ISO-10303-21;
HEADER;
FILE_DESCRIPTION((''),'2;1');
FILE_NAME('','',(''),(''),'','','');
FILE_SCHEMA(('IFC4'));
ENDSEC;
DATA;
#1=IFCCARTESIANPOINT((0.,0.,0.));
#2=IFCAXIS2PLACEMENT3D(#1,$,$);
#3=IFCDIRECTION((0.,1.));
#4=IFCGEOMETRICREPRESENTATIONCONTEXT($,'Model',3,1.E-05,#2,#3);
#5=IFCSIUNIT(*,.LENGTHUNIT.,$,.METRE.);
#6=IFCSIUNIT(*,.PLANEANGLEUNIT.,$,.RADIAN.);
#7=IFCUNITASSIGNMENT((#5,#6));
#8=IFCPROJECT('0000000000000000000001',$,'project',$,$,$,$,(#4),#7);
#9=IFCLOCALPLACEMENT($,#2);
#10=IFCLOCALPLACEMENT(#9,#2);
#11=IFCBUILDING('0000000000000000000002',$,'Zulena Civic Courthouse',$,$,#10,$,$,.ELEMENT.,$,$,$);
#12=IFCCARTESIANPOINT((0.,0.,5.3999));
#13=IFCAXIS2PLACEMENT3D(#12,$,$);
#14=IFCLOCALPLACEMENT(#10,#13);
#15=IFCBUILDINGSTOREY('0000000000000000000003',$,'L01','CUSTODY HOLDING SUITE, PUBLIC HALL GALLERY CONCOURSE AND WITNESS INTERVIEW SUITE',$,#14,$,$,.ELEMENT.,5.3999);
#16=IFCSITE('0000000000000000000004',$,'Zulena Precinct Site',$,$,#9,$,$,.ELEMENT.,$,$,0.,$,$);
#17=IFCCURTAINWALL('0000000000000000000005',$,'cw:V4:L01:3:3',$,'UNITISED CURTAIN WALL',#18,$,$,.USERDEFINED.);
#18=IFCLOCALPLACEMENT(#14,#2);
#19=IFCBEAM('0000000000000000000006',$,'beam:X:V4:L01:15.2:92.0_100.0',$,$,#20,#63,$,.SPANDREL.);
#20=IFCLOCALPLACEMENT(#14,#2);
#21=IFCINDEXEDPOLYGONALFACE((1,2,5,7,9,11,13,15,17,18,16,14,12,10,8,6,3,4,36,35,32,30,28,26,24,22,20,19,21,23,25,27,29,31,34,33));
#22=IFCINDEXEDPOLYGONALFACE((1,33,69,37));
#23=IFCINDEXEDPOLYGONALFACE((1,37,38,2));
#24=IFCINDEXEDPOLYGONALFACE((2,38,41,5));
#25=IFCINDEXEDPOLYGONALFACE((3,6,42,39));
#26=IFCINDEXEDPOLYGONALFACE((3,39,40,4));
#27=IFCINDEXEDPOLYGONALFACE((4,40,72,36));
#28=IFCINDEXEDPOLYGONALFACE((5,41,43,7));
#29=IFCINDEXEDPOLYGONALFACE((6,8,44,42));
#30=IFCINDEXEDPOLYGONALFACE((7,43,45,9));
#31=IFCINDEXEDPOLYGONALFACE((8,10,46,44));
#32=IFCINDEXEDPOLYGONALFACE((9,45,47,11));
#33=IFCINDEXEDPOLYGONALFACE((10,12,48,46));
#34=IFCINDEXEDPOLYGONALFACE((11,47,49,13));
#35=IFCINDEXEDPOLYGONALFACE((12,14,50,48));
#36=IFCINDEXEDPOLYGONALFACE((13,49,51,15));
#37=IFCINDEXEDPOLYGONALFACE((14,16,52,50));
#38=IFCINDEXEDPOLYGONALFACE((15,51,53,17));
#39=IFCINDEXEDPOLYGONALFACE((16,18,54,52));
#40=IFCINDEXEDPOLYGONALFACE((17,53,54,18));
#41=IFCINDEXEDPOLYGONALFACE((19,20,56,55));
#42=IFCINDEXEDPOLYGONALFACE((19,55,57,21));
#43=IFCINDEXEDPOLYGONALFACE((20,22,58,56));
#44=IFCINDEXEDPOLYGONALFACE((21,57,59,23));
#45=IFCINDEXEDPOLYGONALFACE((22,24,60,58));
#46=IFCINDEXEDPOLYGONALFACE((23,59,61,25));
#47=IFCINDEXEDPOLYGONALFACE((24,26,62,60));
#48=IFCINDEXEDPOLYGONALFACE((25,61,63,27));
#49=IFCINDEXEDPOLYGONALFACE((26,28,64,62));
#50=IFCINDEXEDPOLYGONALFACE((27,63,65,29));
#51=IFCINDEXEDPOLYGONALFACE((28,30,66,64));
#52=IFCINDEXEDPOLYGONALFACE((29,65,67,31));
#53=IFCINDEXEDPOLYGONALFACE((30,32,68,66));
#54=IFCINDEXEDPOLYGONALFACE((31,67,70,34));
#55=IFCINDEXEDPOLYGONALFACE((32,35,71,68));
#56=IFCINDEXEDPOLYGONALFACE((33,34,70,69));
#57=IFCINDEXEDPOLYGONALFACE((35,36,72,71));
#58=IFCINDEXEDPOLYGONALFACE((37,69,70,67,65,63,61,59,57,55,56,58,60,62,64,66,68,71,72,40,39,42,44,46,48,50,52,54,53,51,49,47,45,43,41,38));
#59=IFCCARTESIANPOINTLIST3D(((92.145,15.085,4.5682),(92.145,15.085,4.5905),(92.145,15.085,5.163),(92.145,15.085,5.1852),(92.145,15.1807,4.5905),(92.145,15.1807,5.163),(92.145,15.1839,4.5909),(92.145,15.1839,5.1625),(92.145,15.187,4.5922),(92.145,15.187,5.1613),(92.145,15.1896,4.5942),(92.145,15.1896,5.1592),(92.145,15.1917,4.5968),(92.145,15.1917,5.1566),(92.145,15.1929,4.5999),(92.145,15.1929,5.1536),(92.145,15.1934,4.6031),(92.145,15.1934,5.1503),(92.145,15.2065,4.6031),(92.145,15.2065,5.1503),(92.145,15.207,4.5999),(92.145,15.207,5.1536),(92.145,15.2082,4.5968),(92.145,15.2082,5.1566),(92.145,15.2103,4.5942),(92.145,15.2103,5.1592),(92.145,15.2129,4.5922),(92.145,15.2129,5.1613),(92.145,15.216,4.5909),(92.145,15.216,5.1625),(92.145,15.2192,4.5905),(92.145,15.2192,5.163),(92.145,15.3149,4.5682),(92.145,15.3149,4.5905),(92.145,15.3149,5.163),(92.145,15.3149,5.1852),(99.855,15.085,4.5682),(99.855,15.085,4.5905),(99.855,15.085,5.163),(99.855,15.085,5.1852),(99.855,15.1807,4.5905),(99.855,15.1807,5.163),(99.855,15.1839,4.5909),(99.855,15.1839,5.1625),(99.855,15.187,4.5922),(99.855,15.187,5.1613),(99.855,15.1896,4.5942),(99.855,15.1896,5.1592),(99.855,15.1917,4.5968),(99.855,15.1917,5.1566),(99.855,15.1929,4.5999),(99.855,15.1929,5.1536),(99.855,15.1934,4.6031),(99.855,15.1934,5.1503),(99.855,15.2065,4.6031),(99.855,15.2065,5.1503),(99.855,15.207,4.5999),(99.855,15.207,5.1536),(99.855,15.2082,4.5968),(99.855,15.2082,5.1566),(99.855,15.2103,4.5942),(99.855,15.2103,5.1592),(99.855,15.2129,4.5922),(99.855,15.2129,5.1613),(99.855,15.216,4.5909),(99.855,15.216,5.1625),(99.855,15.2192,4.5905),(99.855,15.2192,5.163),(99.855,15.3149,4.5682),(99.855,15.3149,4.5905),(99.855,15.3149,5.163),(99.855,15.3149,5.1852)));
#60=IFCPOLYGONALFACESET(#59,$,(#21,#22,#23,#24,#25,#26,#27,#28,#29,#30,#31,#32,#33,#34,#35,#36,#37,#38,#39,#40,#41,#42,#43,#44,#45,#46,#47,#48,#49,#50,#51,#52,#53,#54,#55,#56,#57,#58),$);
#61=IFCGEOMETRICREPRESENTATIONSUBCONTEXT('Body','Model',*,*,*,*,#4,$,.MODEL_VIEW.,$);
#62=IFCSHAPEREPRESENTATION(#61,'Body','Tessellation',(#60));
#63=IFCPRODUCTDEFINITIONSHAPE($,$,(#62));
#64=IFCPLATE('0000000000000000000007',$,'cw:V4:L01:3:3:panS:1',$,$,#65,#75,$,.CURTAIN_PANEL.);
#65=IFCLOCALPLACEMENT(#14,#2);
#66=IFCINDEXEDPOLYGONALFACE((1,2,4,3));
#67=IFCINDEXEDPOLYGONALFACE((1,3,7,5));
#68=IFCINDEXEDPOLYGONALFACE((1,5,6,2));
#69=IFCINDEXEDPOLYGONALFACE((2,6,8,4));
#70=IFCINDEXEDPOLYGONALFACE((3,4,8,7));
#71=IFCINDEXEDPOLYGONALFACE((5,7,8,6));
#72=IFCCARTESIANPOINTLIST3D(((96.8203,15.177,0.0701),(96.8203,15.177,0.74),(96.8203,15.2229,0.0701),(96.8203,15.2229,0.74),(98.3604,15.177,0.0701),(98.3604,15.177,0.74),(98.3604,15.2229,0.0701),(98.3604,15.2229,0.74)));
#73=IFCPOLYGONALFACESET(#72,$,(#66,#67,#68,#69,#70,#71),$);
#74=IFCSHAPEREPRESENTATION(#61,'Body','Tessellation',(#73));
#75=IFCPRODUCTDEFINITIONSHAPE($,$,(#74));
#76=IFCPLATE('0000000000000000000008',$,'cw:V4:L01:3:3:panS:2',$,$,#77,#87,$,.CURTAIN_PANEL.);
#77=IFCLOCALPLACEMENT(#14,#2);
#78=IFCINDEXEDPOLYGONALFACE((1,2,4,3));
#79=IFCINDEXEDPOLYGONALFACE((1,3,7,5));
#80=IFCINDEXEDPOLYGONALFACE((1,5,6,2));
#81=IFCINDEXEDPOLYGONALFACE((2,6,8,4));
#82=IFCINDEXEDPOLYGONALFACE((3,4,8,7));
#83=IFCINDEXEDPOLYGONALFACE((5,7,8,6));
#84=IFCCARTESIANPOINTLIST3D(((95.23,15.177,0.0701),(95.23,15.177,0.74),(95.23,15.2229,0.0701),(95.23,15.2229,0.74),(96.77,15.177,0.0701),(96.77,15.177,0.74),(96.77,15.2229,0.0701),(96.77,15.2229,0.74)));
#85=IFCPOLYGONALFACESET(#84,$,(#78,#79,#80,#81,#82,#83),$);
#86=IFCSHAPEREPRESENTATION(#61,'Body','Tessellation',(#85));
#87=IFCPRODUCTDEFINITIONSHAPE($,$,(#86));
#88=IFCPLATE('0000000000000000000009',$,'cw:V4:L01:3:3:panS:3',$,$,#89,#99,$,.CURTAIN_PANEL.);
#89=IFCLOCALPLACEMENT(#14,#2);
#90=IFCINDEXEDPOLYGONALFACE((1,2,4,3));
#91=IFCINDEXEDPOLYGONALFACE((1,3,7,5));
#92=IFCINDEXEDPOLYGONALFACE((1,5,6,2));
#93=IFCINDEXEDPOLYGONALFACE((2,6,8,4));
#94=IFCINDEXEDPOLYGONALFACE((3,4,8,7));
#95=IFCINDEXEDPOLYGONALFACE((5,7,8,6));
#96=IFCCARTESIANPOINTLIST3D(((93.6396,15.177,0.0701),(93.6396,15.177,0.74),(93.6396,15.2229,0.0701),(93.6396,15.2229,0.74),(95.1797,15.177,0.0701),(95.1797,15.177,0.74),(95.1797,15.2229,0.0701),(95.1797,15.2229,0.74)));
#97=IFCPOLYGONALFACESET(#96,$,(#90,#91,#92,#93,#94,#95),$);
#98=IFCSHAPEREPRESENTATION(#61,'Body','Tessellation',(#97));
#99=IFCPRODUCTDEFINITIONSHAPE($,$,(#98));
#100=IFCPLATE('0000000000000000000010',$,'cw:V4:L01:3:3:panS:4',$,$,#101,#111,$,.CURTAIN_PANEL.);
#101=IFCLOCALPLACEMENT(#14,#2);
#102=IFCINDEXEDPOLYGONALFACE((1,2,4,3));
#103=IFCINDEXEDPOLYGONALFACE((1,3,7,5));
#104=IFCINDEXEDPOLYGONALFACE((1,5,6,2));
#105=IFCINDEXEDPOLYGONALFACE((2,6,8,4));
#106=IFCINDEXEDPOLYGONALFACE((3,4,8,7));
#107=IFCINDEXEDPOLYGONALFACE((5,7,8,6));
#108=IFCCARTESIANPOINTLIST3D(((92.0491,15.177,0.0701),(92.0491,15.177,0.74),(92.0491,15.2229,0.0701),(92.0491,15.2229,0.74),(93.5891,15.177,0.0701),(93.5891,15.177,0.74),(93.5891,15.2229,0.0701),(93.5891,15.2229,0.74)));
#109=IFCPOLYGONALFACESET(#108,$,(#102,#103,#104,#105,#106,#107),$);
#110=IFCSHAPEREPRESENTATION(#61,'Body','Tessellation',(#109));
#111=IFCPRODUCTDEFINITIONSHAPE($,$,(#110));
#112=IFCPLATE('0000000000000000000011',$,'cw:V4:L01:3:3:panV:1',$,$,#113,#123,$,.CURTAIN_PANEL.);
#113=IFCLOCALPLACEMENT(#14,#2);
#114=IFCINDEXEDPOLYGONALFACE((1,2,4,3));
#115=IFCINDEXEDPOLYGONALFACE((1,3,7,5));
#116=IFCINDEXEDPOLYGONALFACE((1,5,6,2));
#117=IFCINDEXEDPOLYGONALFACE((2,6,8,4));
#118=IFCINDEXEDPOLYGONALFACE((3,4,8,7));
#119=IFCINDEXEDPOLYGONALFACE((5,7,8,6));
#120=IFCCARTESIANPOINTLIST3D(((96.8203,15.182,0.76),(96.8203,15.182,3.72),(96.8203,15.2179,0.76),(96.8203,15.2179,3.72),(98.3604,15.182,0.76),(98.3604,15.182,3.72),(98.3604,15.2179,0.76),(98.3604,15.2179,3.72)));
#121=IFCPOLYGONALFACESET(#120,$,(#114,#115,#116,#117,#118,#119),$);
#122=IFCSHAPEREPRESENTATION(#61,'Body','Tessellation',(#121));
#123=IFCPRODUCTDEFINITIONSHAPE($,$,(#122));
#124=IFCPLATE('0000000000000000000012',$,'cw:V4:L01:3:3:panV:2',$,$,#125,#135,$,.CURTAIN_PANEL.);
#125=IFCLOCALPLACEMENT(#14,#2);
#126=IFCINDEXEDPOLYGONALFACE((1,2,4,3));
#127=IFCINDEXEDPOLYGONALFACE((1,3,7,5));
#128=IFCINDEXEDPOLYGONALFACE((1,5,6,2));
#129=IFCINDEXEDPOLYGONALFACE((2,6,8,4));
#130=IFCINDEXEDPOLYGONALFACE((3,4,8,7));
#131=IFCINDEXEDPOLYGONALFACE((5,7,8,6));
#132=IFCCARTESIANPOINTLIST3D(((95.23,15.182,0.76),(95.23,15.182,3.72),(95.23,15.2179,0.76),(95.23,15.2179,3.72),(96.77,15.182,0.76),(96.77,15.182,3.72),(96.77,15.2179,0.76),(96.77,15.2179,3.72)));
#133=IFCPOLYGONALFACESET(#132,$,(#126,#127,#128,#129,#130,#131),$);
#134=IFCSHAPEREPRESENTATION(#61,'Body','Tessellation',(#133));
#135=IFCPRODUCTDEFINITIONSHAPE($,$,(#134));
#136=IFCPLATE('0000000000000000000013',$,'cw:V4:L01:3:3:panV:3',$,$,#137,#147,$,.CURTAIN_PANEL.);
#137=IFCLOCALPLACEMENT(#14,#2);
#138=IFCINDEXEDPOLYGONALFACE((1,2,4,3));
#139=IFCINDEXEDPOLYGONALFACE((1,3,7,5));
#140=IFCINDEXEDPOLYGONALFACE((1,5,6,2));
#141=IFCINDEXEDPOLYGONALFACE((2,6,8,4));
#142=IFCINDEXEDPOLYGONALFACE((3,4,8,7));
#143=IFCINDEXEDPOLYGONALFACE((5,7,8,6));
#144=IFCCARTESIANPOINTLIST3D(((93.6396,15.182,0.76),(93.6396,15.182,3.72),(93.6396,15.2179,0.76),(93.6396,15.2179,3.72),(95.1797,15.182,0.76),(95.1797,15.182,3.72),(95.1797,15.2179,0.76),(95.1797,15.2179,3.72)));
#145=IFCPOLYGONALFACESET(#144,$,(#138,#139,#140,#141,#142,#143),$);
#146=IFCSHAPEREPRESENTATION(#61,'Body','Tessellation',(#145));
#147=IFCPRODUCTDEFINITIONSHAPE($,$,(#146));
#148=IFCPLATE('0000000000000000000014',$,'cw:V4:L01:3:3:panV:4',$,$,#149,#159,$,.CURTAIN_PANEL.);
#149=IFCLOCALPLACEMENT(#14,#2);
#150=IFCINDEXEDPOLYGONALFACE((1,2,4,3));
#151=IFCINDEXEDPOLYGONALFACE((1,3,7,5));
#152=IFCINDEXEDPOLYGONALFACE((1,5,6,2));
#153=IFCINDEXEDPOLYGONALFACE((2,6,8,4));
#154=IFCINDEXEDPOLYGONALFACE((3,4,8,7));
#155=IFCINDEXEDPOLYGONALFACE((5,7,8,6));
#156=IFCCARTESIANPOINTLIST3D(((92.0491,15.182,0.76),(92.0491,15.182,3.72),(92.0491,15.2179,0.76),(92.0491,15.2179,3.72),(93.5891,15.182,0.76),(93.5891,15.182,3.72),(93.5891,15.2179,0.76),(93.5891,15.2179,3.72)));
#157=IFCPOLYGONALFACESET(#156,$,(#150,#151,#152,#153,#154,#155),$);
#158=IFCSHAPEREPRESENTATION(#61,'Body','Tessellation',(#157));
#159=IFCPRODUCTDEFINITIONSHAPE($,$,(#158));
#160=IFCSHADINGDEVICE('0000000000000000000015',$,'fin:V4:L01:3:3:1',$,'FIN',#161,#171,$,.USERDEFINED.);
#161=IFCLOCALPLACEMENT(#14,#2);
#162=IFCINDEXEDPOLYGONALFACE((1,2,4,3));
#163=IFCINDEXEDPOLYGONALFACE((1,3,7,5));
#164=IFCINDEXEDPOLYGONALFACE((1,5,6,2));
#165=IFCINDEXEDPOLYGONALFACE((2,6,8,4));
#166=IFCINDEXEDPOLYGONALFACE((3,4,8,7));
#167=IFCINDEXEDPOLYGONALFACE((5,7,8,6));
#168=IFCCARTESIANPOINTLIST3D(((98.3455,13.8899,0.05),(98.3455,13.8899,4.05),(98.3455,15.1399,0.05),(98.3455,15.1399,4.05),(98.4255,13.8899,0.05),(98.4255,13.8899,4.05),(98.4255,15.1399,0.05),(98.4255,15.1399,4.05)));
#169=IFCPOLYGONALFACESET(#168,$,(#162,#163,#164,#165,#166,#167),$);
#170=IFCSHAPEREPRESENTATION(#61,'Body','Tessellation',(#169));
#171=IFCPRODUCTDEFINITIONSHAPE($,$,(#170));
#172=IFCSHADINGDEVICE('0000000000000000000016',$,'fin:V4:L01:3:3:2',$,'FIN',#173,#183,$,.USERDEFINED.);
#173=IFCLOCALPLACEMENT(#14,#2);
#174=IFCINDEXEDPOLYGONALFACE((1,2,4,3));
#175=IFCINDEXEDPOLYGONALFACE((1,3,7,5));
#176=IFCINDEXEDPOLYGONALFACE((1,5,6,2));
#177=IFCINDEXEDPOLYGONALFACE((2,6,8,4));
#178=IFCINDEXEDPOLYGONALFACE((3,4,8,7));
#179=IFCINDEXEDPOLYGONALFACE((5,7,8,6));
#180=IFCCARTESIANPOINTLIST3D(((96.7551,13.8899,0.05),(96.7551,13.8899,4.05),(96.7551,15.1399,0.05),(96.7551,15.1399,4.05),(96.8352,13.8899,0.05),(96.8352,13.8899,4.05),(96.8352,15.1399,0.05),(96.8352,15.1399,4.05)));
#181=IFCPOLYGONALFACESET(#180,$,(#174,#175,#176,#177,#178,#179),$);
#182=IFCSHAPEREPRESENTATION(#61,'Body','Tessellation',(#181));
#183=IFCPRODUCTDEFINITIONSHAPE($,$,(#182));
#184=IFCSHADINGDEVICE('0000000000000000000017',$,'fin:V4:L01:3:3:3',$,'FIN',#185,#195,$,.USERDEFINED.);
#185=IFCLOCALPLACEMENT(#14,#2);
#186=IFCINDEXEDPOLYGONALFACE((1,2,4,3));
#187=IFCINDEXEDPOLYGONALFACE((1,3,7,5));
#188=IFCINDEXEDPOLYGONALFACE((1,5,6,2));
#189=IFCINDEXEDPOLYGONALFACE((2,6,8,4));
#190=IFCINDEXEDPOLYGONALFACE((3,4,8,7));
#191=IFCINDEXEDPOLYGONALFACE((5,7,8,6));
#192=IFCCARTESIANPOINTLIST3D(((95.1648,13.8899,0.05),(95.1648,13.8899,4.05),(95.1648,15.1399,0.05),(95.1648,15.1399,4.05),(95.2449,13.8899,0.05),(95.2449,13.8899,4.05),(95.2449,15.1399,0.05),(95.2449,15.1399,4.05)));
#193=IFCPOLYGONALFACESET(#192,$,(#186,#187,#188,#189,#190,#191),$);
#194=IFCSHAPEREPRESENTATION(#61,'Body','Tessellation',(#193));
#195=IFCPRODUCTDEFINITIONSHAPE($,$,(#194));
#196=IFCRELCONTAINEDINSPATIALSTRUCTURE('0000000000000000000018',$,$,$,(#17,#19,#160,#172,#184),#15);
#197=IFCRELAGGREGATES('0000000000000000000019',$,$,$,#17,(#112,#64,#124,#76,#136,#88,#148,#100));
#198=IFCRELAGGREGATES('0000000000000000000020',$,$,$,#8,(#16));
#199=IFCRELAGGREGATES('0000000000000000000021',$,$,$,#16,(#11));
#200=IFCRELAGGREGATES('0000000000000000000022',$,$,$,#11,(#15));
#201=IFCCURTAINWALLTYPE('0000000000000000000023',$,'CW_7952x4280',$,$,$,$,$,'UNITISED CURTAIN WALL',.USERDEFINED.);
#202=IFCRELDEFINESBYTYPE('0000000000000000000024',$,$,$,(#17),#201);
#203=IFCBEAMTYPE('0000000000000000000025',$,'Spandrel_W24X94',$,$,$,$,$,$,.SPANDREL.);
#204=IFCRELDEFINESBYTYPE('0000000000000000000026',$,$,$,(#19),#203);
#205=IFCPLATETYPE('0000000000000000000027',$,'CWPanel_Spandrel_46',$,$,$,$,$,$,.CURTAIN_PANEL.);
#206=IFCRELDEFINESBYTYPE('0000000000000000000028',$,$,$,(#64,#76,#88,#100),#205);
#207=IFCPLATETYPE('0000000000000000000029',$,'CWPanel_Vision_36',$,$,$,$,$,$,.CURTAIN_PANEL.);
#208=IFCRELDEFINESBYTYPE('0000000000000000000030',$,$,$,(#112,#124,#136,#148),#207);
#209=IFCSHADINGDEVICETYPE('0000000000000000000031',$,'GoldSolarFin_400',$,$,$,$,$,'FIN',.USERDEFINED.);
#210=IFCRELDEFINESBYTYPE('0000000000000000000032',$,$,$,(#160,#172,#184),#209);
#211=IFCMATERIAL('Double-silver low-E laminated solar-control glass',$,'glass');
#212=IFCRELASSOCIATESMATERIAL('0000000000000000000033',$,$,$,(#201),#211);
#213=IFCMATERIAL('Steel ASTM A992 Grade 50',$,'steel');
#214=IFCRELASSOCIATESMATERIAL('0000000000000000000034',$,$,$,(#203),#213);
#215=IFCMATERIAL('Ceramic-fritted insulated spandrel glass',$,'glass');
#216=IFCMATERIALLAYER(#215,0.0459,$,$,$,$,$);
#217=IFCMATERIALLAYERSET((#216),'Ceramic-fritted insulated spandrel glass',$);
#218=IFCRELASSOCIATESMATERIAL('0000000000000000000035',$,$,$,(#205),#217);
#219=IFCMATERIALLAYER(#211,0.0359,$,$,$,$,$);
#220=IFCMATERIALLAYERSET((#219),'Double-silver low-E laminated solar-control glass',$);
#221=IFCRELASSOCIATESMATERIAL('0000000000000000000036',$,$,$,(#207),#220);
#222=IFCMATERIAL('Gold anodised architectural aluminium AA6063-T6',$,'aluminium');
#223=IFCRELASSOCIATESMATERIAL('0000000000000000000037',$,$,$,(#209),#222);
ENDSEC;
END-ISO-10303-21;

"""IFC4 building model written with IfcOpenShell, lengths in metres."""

from ifc_helpers import new_model, si_unit, direction, frame, origin, origin_2d, place, context, subcontext, project, spatial, rectangle, i_section, extrude, material, layer, layer_set, material_profile, profile_set, type_object, element, aggregate, save


model = new_model("IFC4")

# Units and contexts
model_context = context("Model", 3, precision=1e-05, world=origin(), true_north=direction((0.0, 1.0)))
body_context = subcontext(model_context, "Body", "Model", "MODEL_VIEW")
ifc_project = project(units=[si_unit("LENGTHUNIT", "METRE"), si_unit("PLANEANGLEUNIT", "RADIAN")], contexts=[model_context])

# Site, building, storey
site_placement = place(None, origin())
site = spatial("IfcSite", under=ifc_project, at=site_placement, Name="Zulena Precinct Site", CompositionType="ELEMENT", RefElevation=0.0)
building_placement = place(site_placement, origin())
building = spatial("IfcBuilding", under=site, at=building_placement, Name="Zulena Civic Courthouse", CompositionType="ELEMENT")
storey_placement = place(building_placement, frame((0.0, 0.0, 5.3999)))
storey = spatial("IfcBuildingStorey", under=building, at=storey_placement, Name="L01", Description="CUSTODY HOLDING SUITE, PUBLIC HALL GALLERY CONCOURSE AND WITNESS INTERVIEW SUITE", CompositionType="ELEMENT", Elevation=5.3999)

# Shared definitions
ifc_material_1 = material(Name="Steel ASTM A992 Grade 50", Category="steel")

# Curtain wall
ifc_material_2 = material(Name="Double-silver low-E laminated solar-control glass", Category="glass")
curtain_wall_type = type_object("IfcCurtainWallType", Name="CW_7952x4280", ElementType="UNITISED CURTAIN WALL", PredefinedType="USERDEFINED", material=ifc_material_2)
curtain_wall_1_placement = place(storey_placement, origin())
curtain_wall_1 = element("IfcCurtainWall", 1, at=curtain_wall_1_placement, inside=storey, type_object=curtain_wall_type, Name="cw:V4:L01:3:3", ObjectType="UNITISED CURTAIN WALL", PredefinedType="USERDEFINED")

# Beam
ifc_material_profile_1 = material_profile(ifc_material_1, i_section(OverallWidth=0.23, OverallDepth=0.6169, WebThickness=0.0132, FlangeThickness=0.0222, FilletRadius=0.0127, at=origin_2d()), Name="W24X94")
ifc_profile_set_1 = profile_set([ifc_material_profile_1], Name="Steel ASTM A992 Grade 50")
beam_type_1 = type_object("IfcBeamType", Name="Spandrel_W24X94", PredefinedType="SPANDREL", material=ifc_profile_set_1)
beam_1_placement = place(storey_placement, frame((92.145, 15.2, 4.8767), z_axis=(1.0, 0.0, 0.0), x_axis=(0.0, 1.0, 0.0)))
element("IfcBeam", 2, at=beam_1_placement, inside=storey, type_object=beam_type_1, Name="beam:X:V4:L01:15.2:92.0_100.0", PredefinedType="SPANDREL", context=body_context, shape_type="SweptSolid", body=[
    extrude(i_section(OverallWidth=0.23, OverallDepth=0.6169, WebThickness=0.0132, FlangeThickness=0.0222, FilletRadius=0.0127, at=origin_2d()), origin(), (0.0, 0.0, 1.0), 7.71),
])

# Plates
ifc_material_3 = material(Name="Ceramic-fritted insulated spandrel glass", Category="glass")
ifc_layer_1 = layer(ifc_material_3, 0.0459)
ifc_layer_set_1 = layer_set([ifc_layer_1], Name="Ceramic-fritted insulated spandrel glass")
plate_type_1 = type_object("IfcPlateType", Name="CWPanel_Spandrel_46", PredefinedType="CURTAIN_PANEL", material=ifc_layer_set_1)
plate_1_placement = place(storey_placement, frame((97.5903, 15.2, 0.0701), z_axis=(0.0, 0.0, 1.0), x_axis=(-1.0, 0.0, 0.0)))
plate_1 = element("IfcPlate", 3, at=plate_1_placement, type_object=plate_type_1, Name="cw:V4:L01:3:3:panS:1", PredefinedType="CURTAIN_PANEL", context=body_context, shape_type="SweptSolid", body=[
    extrude(rectangle(XDim=1.54, YDim=0.0459, at=origin_2d()), origin(), (0.0, 0.0, 1.0), 0.6699),
])
plate_2_placement = place(storey_placement, frame((96.0, 15.2, 0.0701), z_axis=(0.0, 0.0, 1.0), x_axis=(-1.0, 0.0, 0.0)))
plate_2 = element("IfcPlate", 4, at=plate_2_placement, type_object=plate_type_1, Name="cw:V4:L01:3:3:panS:2", PredefinedType="CURTAIN_PANEL", context=body_context, shape_type="SweptSolid", body=[
    extrude(rectangle(XDim=1.54, YDim=0.0459, at=origin_2d()), origin(), (0.0, 0.0, 1.0), 0.6699),
])
plate_3_placement = place(storey_placement, frame((94.4097, 15.2, 0.0701), z_axis=(0.0, 0.0, 1.0), x_axis=(-1.0, 0.0, 0.0)))
plate_3 = element("IfcPlate", 5, at=plate_3_placement, type_object=plate_type_1, Name="cw:V4:L01:3:3:panS:3", PredefinedType="CURTAIN_PANEL", context=body_context, shape_type="SweptSolid", body=[
    extrude(rectangle(XDim=1.54, YDim=0.0459, at=origin_2d()), origin(), (0.0, 0.0, 1.0), 0.6699),
])
plate_4_placement = place(storey_placement, frame((92.8191, 15.2, 0.0701), z_axis=(0.0, 0.0, 1.0), x_axis=(-1.0, 0.0, 0.0)))
plate_4 = element("IfcPlate", 6, at=plate_4_placement, type_object=plate_type_1, Name="cw:V4:L01:3:3:panS:4", PredefinedType="CURTAIN_PANEL", context=body_context, shape_type="SweptSolid", body=[
    extrude(rectangle(XDim=1.54, YDim=0.0459, at=origin_2d()), origin(), (0.0, 0.0, 1.0), 0.6699),
])
ifc_layer_2 = layer(ifc_material_2, 0.0359)
ifc_layer_set_2 = layer_set([ifc_layer_2], Name="Double-silver low-E laminated solar-control glass")
plate_type_2 = type_object("IfcPlateType", Name="CWPanel_Vision_36", PredefinedType="CURTAIN_PANEL", material=ifc_layer_set_2)
plate_5_placement = place(storey_placement, frame((97.5903, 15.2, 0.76), z_axis=(0.0, 0.0, 1.0), x_axis=(-1.0, 0.0, 0.0)))
plate_5 = element("IfcPlate", 7, at=plate_5_placement, type_object=plate_type_2, Name="cw:V4:L01:3:3:panV:1", PredefinedType="CURTAIN_PANEL", context=body_context, shape_type="SweptSolid", body=[
    extrude(rectangle(XDim=1.54, YDim=0.0359, at=origin_2d()), origin(), (0.0, 0.0, 1.0), 2.96),
])
plate_6_placement = place(storey_placement, frame((96.0, 15.2, 0.76), z_axis=(0.0, 0.0, 1.0), x_axis=(-1.0, 0.0, 0.0)))
plate_6 = element("IfcPlate", 8, at=plate_6_placement, type_object=plate_type_2, Name="cw:V4:L01:3:3:panV:2", PredefinedType="CURTAIN_PANEL", context=body_context, shape_type="SweptSolid", body=[
    extrude(rectangle(XDim=1.54, YDim=0.0359, at=origin_2d()), origin(), (0.0, 0.0, 1.0), 2.96),
])
plate_7_placement = place(storey_placement, frame((94.4097, 15.2, 0.76), z_axis=(0.0, 0.0, 1.0), x_axis=(-1.0, 0.0, 0.0)))
plate_7 = element("IfcPlate", 9, at=plate_7_placement, type_object=plate_type_2, Name="cw:V4:L01:3:3:panV:3", PredefinedType="CURTAIN_PANEL", context=body_context, shape_type="SweptSolid", body=[
    extrude(rectangle(XDim=1.54, YDim=0.0359, at=origin_2d()), origin(), (0.0, 0.0, 1.0), 2.96),
])
plate_8_placement = place(storey_placement, frame((92.8191, 15.2, 0.76), z_axis=(0.0, 0.0, 1.0), x_axis=(-1.0, 0.0, 0.0)))
plate_8 = element("IfcPlate", 10, at=plate_8_placement, type_object=plate_type_2, Name="cw:V4:L01:3:3:panV:4", PredefinedType="CURTAIN_PANEL", context=body_context, shape_type="SweptSolid", body=[
    extrude(rectangle(XDim=1.54, YDim=0.0359, at=origin_2d()), origin(), (0.0, 0.0, 1.0), 2.96),
])
aggregate(curtain_wall_1, [plate_5, plate_1, plate_6, plate_2, plate_7, plate_3, plate_8, plate_4])

# Shading devices
ifc_material_4 = material(Name="Gold anodised architectural aluminium AA6063-T6", Category="aluminium")
shading_device_type = type_object("IfcShadingDeviceType", Name="GoldSolarFin_400", ElementType="FIN", PredefinedType="USERDEFINED", material=ifc_material_4)
for number, where, z_axis, x_axis, name in (
    (11, (98.3855, 14.5149, 0.05), (0.0, 0.0, 1.0), (0.0, -1.0, 0.0), "fin:V4:L01:3:3:1"),
    (12, (96.7952, 14.5149, 0.05), (0.0, 0.0, 1.0), (0.0, -1.0, 0.0), "fin:V4:L01:3:3:2"),
    (13, (95.2048, 14.5149, 0.05), (0.0, 0.0, 1.0), (0.0, -1.0, 0.0), "fin:V4:L01:3:3:3"),
):
    element("IfcShadingDevice", number, at=place(storey_placement, frame(where, z_axis=z_axis, x_axis=x_axis)), inside=storey, type_object=shading_device_type, Name=name, ObjectType="FIN", PredefinedType="USERDEFINED", context=body_context, shape_type="SweptSolid", body=[
        extrude(rectangle(XDim=1.25, YDim=0.0801, at=origin_2d()), origin(), (0.0, 0.0, 1.0), 4.0),
    ])

save(model, "model.ifc")
